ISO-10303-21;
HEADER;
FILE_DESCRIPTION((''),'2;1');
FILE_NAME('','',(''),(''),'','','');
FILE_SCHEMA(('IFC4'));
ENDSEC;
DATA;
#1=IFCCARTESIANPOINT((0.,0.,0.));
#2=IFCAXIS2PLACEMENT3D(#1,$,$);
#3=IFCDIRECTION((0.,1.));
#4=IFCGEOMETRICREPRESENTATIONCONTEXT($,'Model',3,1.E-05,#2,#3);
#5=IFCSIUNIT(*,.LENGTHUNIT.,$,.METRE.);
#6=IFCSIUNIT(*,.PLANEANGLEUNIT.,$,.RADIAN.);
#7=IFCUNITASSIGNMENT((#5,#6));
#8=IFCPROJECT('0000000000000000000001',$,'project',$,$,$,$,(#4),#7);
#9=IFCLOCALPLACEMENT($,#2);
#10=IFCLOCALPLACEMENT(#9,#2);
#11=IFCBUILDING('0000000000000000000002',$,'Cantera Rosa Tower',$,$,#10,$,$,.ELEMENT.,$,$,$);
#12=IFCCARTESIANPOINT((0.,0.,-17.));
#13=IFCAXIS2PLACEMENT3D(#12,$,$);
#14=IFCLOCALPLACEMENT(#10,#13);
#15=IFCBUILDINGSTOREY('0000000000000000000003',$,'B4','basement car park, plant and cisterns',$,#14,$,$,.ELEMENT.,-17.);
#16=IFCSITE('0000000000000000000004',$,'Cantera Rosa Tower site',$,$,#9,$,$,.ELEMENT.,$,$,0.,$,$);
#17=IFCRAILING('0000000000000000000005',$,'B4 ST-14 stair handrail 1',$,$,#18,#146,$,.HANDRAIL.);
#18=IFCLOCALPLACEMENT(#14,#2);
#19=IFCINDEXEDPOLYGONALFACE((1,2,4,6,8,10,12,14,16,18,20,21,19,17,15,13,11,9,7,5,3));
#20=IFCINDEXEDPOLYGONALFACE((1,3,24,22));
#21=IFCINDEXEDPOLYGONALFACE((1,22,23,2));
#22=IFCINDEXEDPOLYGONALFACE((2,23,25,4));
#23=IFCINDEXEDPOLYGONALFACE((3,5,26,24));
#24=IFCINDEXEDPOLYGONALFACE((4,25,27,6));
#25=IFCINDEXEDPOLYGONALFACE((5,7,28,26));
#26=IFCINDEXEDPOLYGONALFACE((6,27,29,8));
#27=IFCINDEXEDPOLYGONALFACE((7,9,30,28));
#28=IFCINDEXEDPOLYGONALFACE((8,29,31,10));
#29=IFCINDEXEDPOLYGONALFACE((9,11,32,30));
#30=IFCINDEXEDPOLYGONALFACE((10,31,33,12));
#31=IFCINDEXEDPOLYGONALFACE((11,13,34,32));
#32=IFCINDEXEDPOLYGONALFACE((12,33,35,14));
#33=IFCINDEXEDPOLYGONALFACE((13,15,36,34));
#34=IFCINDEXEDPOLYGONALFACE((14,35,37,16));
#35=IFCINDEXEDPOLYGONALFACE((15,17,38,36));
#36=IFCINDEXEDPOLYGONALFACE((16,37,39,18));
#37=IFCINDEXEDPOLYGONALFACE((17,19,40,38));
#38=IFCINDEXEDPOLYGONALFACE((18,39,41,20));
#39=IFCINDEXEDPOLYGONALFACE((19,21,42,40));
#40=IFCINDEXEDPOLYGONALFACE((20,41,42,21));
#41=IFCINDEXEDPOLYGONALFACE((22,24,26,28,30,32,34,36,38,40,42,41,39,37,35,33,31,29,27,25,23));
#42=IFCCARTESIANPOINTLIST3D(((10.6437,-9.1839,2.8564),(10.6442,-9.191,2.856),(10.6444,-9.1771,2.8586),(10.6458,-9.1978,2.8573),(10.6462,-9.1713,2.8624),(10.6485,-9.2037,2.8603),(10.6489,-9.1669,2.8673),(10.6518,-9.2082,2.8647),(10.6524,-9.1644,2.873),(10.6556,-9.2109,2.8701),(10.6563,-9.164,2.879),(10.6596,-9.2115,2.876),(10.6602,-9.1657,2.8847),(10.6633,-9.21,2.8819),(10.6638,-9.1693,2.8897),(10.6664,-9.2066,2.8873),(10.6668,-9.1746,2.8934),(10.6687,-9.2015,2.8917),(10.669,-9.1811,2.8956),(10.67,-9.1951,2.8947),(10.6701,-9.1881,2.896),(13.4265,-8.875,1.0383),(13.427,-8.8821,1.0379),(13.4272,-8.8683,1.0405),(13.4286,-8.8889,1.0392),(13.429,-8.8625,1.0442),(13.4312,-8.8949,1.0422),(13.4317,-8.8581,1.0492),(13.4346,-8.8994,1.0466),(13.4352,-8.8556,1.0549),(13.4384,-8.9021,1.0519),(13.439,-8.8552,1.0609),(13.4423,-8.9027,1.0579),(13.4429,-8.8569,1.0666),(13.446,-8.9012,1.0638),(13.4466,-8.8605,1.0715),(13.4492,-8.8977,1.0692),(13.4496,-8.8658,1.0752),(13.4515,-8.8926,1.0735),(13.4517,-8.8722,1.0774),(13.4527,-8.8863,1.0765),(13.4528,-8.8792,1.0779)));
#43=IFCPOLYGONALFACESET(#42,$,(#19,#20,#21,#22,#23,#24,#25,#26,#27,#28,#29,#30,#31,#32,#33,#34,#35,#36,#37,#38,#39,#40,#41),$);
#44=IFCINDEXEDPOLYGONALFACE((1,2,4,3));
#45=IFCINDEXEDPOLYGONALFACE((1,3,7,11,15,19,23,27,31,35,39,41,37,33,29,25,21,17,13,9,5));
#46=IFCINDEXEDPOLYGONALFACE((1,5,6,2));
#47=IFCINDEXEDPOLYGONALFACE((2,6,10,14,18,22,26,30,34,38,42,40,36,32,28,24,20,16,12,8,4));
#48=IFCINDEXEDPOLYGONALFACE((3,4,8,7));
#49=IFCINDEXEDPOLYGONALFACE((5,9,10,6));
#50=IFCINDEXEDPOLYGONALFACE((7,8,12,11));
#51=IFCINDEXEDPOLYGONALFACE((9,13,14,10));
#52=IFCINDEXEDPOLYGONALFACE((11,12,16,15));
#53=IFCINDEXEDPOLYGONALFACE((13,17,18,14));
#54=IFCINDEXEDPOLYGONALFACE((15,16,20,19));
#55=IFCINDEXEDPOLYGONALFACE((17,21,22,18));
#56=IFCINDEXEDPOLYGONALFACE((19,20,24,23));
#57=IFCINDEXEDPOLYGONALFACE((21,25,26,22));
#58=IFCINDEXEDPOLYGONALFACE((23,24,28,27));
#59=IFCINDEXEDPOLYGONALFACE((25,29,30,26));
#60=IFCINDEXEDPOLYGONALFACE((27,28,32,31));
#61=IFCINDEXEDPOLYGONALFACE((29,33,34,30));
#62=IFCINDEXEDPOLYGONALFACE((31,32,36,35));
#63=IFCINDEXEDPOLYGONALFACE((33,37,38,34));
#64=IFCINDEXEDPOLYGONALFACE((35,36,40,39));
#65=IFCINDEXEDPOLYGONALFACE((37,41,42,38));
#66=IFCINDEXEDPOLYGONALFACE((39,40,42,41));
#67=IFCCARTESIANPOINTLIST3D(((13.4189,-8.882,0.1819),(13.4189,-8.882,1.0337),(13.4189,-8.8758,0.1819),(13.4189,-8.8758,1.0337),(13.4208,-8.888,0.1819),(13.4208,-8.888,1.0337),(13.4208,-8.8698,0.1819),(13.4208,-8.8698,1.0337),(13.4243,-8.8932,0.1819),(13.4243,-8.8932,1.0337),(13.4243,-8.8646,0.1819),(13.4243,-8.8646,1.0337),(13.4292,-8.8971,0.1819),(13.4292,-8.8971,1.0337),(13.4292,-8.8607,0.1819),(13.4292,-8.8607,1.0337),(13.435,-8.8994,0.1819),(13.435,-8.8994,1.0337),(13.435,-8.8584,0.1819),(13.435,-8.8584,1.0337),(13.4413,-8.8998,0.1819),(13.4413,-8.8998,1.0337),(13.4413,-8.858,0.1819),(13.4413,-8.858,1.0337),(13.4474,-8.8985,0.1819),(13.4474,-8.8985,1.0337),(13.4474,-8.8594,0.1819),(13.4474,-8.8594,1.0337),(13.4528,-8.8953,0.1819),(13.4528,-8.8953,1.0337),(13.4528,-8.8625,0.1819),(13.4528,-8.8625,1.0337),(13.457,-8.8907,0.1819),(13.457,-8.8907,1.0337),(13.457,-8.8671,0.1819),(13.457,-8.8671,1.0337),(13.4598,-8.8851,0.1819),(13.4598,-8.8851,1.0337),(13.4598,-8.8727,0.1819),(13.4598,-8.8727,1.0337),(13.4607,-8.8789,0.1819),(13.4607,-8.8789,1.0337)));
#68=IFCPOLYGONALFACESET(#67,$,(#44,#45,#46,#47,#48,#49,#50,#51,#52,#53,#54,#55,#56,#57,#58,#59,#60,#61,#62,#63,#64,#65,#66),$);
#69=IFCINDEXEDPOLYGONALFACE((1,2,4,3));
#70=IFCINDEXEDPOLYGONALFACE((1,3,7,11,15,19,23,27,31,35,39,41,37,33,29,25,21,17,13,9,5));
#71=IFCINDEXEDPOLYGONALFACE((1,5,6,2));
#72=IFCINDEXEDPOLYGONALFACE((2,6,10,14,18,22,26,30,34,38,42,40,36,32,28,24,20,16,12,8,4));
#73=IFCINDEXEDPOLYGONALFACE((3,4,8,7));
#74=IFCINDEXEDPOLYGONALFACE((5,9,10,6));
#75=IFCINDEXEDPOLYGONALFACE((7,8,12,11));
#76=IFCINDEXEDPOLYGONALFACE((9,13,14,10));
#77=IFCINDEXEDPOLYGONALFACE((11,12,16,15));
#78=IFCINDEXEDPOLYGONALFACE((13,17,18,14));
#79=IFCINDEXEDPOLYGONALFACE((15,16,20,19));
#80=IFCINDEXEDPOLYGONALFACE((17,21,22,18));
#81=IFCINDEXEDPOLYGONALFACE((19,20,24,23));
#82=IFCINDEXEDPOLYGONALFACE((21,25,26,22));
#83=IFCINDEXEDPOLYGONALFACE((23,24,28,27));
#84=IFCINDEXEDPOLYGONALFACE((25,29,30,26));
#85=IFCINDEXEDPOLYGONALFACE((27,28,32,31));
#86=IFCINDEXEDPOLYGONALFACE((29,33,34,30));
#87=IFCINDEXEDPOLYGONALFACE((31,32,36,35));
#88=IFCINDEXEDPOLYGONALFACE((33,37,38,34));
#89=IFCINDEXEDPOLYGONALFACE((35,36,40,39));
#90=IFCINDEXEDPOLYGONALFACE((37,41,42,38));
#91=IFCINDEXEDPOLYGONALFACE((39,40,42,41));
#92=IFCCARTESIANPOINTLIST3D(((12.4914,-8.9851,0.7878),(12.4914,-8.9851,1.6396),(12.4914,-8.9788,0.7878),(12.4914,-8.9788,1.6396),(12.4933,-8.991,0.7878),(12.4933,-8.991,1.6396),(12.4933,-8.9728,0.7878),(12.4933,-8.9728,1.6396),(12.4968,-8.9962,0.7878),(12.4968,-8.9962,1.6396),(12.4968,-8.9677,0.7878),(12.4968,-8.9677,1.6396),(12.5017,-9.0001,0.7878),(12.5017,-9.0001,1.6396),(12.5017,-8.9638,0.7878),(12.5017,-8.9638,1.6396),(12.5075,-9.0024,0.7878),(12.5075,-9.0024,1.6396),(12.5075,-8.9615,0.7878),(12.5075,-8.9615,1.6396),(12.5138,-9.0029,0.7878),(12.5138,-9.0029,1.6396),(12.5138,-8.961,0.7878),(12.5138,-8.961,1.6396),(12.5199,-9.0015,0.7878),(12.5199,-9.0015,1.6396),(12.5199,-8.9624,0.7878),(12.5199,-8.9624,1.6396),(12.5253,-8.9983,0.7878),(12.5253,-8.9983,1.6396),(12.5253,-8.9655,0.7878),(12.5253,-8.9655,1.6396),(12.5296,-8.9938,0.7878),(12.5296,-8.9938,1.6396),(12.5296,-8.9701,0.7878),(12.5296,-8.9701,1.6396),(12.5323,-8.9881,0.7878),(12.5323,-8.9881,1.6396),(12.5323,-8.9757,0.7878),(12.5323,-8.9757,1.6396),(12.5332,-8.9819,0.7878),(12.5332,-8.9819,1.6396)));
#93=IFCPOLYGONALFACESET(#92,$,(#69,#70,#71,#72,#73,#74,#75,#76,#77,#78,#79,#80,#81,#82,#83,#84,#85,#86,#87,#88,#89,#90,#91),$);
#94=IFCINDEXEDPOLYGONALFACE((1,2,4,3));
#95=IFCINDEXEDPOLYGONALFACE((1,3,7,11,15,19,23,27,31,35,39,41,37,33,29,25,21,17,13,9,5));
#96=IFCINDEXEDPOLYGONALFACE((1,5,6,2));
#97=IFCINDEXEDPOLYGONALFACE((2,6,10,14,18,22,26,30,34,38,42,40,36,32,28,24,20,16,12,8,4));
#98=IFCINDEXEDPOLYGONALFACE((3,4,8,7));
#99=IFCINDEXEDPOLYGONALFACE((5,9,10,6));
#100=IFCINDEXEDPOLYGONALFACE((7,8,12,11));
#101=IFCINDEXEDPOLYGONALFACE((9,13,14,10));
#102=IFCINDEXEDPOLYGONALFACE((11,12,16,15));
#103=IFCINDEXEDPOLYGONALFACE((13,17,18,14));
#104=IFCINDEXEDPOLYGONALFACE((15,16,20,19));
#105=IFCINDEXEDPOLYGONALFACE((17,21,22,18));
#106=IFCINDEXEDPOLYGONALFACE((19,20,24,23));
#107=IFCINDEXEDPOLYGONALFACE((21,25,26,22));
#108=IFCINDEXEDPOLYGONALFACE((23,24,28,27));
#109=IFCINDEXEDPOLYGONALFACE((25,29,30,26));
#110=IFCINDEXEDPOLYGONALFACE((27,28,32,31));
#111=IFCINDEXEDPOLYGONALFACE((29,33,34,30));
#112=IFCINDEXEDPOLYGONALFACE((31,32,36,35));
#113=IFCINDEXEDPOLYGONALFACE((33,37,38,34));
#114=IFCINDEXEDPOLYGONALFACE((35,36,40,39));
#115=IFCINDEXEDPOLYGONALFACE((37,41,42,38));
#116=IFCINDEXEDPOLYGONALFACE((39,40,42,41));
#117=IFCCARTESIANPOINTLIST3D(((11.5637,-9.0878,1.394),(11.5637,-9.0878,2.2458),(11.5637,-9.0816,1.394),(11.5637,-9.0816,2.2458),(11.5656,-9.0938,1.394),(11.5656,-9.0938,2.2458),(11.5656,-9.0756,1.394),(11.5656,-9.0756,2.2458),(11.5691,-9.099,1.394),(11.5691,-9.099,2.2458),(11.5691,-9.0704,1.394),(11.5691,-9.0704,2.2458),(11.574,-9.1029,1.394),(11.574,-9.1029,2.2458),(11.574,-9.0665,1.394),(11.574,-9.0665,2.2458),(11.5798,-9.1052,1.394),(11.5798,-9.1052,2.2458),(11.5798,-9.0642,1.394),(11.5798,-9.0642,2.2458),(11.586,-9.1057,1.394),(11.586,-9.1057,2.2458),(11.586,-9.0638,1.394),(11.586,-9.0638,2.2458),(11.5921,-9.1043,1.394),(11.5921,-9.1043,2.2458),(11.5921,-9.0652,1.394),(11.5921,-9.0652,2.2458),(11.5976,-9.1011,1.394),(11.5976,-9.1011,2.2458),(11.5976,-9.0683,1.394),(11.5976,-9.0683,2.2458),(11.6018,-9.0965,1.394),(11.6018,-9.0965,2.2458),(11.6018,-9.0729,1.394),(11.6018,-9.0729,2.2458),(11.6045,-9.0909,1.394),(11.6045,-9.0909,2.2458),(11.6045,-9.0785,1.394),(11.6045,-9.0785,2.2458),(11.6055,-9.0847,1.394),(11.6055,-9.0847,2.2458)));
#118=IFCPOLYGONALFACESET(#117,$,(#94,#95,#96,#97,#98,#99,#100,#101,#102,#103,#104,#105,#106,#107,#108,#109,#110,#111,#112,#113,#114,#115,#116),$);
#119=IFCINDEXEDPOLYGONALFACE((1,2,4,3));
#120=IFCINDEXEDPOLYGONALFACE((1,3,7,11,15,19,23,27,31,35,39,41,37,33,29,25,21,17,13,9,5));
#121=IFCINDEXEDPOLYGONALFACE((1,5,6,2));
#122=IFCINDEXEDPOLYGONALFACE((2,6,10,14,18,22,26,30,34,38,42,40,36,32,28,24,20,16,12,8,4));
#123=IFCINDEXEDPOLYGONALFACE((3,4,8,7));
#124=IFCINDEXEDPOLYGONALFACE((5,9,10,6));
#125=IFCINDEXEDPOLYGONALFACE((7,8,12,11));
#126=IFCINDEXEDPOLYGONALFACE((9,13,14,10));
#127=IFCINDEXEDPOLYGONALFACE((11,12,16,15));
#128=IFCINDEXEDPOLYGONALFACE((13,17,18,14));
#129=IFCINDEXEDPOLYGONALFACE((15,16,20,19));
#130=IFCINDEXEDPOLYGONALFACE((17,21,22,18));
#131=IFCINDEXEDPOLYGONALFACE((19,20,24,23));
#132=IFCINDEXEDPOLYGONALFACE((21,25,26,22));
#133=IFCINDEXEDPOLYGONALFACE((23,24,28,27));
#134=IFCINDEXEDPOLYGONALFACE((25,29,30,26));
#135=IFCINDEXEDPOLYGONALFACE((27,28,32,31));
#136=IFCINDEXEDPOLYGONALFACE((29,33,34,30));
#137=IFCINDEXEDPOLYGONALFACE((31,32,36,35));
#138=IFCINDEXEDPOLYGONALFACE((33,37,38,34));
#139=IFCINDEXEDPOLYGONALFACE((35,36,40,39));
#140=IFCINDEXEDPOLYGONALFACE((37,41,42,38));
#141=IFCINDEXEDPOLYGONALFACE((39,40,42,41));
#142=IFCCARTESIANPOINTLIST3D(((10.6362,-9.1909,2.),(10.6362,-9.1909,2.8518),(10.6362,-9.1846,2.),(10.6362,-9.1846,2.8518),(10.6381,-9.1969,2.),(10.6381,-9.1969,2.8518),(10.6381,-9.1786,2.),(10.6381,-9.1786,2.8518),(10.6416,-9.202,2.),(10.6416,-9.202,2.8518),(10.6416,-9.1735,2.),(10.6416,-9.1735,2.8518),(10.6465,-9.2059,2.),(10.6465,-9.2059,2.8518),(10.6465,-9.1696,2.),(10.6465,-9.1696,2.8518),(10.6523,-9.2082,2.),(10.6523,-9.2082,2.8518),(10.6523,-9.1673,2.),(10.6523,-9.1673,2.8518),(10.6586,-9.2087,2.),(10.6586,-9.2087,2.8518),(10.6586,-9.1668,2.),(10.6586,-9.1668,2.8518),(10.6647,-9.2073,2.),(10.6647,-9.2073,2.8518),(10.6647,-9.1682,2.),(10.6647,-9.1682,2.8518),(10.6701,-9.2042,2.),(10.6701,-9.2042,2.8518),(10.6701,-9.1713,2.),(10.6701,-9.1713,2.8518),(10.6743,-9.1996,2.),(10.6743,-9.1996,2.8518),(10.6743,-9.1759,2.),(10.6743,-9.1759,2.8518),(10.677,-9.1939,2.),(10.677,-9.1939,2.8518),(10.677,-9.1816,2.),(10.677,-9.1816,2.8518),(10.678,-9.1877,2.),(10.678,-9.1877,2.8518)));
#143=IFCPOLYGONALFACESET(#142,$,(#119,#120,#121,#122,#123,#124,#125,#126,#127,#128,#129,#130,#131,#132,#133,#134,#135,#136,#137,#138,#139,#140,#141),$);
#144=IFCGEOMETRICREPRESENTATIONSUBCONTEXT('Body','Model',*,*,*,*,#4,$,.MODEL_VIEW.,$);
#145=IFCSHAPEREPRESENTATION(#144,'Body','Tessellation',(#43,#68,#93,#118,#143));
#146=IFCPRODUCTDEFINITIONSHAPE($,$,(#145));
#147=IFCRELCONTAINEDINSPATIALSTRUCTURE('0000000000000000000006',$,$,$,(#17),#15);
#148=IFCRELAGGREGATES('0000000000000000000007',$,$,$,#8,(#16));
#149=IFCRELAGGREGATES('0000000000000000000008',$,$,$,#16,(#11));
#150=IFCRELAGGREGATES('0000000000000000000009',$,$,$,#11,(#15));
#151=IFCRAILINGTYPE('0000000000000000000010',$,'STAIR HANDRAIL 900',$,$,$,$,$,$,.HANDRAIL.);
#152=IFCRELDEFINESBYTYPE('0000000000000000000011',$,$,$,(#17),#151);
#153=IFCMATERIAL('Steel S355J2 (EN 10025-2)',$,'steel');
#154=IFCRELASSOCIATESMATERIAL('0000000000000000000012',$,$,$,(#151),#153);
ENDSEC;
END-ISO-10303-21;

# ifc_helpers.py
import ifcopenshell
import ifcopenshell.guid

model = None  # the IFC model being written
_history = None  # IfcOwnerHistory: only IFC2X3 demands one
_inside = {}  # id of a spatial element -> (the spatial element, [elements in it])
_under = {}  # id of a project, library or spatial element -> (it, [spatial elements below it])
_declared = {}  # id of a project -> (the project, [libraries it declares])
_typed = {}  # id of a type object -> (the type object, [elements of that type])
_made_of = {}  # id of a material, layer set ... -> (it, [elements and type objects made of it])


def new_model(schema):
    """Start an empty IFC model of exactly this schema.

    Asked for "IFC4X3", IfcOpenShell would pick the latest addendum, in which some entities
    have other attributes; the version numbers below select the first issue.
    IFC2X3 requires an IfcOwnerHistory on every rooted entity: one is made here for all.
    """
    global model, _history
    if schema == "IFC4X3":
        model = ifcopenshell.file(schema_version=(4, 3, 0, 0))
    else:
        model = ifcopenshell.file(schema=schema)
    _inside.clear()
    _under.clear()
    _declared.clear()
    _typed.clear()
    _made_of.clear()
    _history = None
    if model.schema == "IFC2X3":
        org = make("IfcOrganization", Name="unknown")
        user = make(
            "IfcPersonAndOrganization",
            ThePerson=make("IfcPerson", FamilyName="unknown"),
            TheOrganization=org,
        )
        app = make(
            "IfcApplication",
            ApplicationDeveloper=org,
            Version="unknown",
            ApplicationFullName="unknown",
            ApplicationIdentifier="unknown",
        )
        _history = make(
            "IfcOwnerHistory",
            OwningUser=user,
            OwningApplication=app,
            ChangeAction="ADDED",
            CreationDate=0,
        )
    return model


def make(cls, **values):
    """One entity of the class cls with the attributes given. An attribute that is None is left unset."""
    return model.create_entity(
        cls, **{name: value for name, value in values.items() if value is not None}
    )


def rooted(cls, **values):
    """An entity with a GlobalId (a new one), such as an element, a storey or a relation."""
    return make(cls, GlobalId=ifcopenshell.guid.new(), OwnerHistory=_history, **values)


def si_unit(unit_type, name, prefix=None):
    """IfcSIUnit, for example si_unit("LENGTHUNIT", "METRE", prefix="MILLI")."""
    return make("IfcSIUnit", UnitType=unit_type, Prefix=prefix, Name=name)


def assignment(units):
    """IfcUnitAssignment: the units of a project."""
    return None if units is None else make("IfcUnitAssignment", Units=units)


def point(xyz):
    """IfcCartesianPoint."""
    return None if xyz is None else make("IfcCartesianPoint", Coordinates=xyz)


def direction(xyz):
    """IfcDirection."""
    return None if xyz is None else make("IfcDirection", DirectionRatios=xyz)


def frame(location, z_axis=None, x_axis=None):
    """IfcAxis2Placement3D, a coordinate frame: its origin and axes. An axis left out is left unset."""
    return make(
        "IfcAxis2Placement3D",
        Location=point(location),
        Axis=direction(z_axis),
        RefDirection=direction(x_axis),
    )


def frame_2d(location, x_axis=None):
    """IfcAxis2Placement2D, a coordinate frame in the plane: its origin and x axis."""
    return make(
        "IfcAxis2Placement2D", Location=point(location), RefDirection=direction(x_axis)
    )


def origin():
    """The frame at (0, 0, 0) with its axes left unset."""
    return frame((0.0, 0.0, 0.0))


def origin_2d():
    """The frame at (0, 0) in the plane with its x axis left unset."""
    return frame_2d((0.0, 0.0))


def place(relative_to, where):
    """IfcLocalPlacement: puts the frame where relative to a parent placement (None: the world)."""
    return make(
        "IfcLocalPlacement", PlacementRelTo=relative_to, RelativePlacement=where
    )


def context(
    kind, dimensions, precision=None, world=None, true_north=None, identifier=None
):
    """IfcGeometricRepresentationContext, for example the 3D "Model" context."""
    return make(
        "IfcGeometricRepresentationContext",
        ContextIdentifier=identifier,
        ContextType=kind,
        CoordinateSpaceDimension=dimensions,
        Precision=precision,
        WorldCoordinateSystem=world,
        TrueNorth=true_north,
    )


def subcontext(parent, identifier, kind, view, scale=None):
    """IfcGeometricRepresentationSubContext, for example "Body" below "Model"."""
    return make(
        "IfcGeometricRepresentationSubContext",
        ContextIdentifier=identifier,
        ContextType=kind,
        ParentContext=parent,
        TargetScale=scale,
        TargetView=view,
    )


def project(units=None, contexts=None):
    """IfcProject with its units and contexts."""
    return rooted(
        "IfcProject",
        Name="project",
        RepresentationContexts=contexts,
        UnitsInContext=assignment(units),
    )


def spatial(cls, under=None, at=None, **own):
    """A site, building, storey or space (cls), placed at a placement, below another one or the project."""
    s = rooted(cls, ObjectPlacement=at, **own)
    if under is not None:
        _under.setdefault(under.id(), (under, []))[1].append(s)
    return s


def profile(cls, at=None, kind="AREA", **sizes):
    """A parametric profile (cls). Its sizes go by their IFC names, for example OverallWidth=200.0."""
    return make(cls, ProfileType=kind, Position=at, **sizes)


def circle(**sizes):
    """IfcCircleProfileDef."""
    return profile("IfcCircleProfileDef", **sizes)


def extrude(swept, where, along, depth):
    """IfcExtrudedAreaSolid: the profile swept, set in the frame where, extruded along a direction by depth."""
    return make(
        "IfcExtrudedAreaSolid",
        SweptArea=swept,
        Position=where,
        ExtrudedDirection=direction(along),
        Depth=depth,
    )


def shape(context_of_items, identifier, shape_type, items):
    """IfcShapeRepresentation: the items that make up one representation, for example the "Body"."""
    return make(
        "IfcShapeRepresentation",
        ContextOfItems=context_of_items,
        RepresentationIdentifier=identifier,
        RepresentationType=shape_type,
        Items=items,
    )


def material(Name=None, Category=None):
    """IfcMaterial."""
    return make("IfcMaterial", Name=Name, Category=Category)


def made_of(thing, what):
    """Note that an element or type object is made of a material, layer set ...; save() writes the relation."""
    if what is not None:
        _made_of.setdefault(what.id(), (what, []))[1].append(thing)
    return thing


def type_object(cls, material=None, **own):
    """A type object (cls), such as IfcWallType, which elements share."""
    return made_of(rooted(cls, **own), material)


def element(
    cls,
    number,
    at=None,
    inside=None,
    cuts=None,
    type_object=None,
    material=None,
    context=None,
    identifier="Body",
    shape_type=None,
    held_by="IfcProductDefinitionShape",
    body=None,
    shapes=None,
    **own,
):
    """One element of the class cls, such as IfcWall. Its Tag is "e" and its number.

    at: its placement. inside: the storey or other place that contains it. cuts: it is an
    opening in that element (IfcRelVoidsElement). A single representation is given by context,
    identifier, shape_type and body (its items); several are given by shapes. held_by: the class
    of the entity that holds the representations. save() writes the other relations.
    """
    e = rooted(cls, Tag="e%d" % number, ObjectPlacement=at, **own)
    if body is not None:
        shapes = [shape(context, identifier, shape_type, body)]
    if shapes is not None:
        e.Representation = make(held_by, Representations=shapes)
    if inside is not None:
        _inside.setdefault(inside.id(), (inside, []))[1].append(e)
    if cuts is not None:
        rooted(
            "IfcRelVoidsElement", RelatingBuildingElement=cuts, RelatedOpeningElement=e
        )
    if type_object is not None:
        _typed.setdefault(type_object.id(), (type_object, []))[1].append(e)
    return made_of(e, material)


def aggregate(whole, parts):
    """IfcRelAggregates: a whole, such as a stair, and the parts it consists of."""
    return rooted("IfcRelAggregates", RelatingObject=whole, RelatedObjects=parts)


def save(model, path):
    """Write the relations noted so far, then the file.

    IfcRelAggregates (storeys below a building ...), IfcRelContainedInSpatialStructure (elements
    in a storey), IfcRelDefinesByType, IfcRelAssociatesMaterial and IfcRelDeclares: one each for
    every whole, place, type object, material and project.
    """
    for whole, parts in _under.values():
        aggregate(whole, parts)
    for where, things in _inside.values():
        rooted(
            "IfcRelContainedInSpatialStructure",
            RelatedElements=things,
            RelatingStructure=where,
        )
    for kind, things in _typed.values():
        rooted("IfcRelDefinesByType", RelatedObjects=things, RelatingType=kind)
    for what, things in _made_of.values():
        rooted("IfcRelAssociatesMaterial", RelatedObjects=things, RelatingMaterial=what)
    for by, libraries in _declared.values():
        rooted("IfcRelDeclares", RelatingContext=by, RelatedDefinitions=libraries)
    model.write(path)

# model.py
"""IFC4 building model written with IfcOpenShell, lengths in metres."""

from ifc_helpers import new_model, si_unit, direction, frame, origin, origin_2d, place, context, subcontext, project, spatial, circle, extrude, material, type_object, element, save


model = new_model("IFC4")

# Units and contexts
model_context = context("Model", 3, precision=1e-05, world=origin(), true_north=direction((0.0, 1.0)))
body_context = subcontext(model_context, "Body", "Model", "MODEL_VIEW")
ifc_project = project(units=[si_unit("LENGTHUNIT", "METRE"), si_unit("PLANEANGLEUNIT", "RADIAN")], contexts=[model_context])

# Site, building, storey
site_placement = place(None, origin())
site = spatial("IfcSite", under=ifc_project, at=site_placement, Name="Cantera Rosa Tower site", CompositionType="ELEMENT", RefElevation=0.0)
building_placement = place(site_placement, origin())
building = spatial("IfcBuilding", under=site, at=building_placement, Name="Cantera Rosa Tower", CompositionType="ELEMENT")
storey_placement = place(building_placement, frame((0.0, 0.0, -17.0)))
storey = spatial("IfcBuildingStorey", under=building, at=storey_placement, Name="B4", Description="basement car park, plant and cisterns", CompositionType="ELEMENT", Elevation=-17.0)

# Railing
ifc_material_1 = material(Name="Steel S355J2 (EN 10025-2)", Category="steel")
railing_type_1 = type_object("IfcRailingType", Name="STAIR HANDRAIL 900", PredefinedType="HANDRAIL", material=ifc_material_1)
railing_1_placement = place(storey_placement, frame((13.4397, -8.8789, 0.1819)))
element("IfcRailing", 1, at=railing_1_placement, inside=storey, type_object=railing_type_1, Name="B4 ST-14 stair handrail 1", PredefinedType="HANDRAIL", context=body_context, shape_type="SweptSolid", body=[
    extrude(circle(Radius=0.0239, at=origin_2d()), frame((0.0, 0.0, 0.876), z_axis=(-0.833566, -0.092513, 0.544619), x_axis=(0.110307, -0.993898, 0.0)), (0.0, 0.0, 1.0), 3.3384),
    extrude(circle(Radius=0.021, at=origin_2d()), origin(), (0.0, 0.0, 1.0), 0.8518),
    extrude(circle(Radius=0.021, at=origin_2d()), frame((-0.9275, -0.103, 0.606)), (0.0, 0.0, 1.0), 0.8518),
    extrude(circle(Radius=0.021, at=origin_2d()), frame((-1.8552, -0.2058, 1.2122)), (0.0, 0.0, 1.0), 0.8518),
    extrude(circle(Radius=0.021, at=origin_2d()), frame((-2.7827, -0.3088, 1.8181)), (0.0, 0.0, 1.0), 0.8518),
])

save(model, "model.ifc")
